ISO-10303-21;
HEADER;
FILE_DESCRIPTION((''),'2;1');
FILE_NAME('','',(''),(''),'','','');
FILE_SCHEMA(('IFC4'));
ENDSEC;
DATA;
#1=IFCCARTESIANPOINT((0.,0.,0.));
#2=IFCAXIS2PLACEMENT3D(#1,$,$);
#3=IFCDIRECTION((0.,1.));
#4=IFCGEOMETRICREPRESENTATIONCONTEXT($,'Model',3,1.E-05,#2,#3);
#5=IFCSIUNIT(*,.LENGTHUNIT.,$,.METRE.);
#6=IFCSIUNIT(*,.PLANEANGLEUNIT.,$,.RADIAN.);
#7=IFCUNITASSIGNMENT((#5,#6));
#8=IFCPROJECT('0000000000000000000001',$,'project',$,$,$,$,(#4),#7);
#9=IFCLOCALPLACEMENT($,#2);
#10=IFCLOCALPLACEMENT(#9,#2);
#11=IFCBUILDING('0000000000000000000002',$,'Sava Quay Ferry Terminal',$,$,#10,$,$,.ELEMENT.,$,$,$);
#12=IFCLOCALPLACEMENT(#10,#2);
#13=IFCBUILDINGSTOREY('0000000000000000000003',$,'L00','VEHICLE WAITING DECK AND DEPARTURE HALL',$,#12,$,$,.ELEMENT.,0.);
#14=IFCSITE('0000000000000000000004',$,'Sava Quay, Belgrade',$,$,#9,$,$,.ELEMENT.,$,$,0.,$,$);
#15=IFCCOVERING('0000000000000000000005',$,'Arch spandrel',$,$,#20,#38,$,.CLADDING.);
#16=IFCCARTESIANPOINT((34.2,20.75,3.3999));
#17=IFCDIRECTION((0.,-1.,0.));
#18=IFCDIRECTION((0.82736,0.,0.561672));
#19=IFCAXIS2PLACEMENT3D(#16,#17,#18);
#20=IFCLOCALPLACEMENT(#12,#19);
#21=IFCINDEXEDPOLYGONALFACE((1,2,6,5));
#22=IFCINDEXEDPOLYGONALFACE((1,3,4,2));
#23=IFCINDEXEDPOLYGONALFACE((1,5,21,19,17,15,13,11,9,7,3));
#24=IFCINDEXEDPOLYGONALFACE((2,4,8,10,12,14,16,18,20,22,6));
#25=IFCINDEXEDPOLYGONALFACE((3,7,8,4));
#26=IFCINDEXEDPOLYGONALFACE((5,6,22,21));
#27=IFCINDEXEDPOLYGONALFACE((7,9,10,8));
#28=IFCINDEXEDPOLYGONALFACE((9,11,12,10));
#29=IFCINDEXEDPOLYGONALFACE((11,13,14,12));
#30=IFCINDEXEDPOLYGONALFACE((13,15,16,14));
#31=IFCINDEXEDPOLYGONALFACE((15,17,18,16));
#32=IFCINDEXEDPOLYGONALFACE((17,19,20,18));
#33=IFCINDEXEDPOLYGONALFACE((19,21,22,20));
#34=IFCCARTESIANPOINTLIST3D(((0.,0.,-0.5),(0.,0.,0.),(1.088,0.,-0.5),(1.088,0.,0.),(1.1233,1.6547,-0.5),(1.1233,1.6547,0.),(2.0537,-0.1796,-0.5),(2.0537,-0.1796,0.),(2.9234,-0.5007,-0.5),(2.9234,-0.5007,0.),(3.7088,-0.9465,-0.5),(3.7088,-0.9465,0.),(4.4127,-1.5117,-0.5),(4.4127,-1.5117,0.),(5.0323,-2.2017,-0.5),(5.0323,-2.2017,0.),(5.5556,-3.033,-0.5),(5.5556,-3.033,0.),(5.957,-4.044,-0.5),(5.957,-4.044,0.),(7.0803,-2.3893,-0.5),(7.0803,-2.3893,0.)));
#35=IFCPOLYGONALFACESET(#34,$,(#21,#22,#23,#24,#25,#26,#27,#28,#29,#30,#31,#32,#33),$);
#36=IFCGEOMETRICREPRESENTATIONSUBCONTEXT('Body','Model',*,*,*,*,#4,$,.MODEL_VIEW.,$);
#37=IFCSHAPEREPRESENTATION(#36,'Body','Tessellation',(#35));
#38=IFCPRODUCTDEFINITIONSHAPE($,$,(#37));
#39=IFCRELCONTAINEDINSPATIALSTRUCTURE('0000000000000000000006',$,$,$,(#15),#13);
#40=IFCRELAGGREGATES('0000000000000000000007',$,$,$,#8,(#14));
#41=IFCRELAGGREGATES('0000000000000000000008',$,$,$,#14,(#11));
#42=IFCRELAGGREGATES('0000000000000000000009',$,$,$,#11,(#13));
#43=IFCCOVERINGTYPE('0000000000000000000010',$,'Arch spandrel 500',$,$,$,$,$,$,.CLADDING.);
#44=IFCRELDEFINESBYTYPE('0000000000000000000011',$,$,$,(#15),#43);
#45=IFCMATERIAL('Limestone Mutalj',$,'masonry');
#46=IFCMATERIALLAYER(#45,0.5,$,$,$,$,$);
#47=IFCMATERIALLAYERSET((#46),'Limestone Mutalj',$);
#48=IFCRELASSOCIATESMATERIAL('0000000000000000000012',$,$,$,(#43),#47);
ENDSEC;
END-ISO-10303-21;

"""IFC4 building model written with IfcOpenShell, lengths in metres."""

from ifc_helpers import new_model, si_unit, direction, frame, origin, place, context, subcontext, project, spatial, polyline, outline, extrude, material, layer, layer_set, type_object, element, save


model = new_model("IFC4")

# Units and contexts
model_context = context("Model", 3, precision=1e-05, world=origin(), true_north=direction((0.0, 1.0)))
body_context = subcontext(model_context, "Body", "Model", "MODEL_VIEW")
ifc_project = project(units=[si_unit("LENGTHUNIT", "METRE"), si_unit("PLANEANGLEUNIT", "RADIAN")], contexts=[model_context])

# Site, building, storey
site_placement = place(None, origin())
site = spatial("IfcSite", under=ifc_project, at=site_placement, Name="Sava Quay, Belgrade", CompositionType="ELEMENT", RefElevation=0.0)
building_placement = place(site_placement, origin())
building = spatial("IfcBuilding", under=site, at=building_placement, Name="Sava Quay Ferry Terminal", CompositionType="ELEMENT")
storey_placement = place(building_placement, origin())
storey = spatial("IfcBuildingStorey", under=building, at=storey_placement, Name="L00", Description="VEHICLE WAITING DECK AND DEPARTURE HALL", CompositionType="ELEMENT", Elevation=0.0)

# Covering
ifc_material_1 = material(Name="Limestone Mutalj", Category="masonry")
ifc_layer_1 = layer(ifc_material_1, 0.5)
ifc_layer_set_1 = layer_set([ifc_layer_1], Name="Limestone Mutalj")
covering_type_1 = type_object("IfcCoveringType", Name="Arch spandrel 500", PredefinedType="CLADDING", material=ifc_layer_set_1)
covering_1_placement = place(storey_placement, frame((34.2, 20.75, 3.3999), z_axis=(0.0, -1.0, 0.0), x_axis=(0.82736, 0.0, 0.561672)))
element("IfcCovering", 1, at=covering_1_placement, inside=storey, type_object=covering_type_1, Name="Arch spandrel", PredefinedType="CLADDING", context=body_context, shape_type="SweptSolid", body=[
    extrude(outline(polyline([(0.0, 0.0), (1.088, 0.0), (2.0537, -0.1796), (2.9234, -0.5007), (3.7088, -0.9465), (4.4127, -1.5117), (5.0323, -2.2017), (5.5556, -3.033), (5.957, -4.044), (7.0803, -2.3893), (1.1233, 1.6547), (0.0, 0.0)])), origin(), (0.0, 0.0, -1.0), 0.5),
])

save(model, "model.ifc")
